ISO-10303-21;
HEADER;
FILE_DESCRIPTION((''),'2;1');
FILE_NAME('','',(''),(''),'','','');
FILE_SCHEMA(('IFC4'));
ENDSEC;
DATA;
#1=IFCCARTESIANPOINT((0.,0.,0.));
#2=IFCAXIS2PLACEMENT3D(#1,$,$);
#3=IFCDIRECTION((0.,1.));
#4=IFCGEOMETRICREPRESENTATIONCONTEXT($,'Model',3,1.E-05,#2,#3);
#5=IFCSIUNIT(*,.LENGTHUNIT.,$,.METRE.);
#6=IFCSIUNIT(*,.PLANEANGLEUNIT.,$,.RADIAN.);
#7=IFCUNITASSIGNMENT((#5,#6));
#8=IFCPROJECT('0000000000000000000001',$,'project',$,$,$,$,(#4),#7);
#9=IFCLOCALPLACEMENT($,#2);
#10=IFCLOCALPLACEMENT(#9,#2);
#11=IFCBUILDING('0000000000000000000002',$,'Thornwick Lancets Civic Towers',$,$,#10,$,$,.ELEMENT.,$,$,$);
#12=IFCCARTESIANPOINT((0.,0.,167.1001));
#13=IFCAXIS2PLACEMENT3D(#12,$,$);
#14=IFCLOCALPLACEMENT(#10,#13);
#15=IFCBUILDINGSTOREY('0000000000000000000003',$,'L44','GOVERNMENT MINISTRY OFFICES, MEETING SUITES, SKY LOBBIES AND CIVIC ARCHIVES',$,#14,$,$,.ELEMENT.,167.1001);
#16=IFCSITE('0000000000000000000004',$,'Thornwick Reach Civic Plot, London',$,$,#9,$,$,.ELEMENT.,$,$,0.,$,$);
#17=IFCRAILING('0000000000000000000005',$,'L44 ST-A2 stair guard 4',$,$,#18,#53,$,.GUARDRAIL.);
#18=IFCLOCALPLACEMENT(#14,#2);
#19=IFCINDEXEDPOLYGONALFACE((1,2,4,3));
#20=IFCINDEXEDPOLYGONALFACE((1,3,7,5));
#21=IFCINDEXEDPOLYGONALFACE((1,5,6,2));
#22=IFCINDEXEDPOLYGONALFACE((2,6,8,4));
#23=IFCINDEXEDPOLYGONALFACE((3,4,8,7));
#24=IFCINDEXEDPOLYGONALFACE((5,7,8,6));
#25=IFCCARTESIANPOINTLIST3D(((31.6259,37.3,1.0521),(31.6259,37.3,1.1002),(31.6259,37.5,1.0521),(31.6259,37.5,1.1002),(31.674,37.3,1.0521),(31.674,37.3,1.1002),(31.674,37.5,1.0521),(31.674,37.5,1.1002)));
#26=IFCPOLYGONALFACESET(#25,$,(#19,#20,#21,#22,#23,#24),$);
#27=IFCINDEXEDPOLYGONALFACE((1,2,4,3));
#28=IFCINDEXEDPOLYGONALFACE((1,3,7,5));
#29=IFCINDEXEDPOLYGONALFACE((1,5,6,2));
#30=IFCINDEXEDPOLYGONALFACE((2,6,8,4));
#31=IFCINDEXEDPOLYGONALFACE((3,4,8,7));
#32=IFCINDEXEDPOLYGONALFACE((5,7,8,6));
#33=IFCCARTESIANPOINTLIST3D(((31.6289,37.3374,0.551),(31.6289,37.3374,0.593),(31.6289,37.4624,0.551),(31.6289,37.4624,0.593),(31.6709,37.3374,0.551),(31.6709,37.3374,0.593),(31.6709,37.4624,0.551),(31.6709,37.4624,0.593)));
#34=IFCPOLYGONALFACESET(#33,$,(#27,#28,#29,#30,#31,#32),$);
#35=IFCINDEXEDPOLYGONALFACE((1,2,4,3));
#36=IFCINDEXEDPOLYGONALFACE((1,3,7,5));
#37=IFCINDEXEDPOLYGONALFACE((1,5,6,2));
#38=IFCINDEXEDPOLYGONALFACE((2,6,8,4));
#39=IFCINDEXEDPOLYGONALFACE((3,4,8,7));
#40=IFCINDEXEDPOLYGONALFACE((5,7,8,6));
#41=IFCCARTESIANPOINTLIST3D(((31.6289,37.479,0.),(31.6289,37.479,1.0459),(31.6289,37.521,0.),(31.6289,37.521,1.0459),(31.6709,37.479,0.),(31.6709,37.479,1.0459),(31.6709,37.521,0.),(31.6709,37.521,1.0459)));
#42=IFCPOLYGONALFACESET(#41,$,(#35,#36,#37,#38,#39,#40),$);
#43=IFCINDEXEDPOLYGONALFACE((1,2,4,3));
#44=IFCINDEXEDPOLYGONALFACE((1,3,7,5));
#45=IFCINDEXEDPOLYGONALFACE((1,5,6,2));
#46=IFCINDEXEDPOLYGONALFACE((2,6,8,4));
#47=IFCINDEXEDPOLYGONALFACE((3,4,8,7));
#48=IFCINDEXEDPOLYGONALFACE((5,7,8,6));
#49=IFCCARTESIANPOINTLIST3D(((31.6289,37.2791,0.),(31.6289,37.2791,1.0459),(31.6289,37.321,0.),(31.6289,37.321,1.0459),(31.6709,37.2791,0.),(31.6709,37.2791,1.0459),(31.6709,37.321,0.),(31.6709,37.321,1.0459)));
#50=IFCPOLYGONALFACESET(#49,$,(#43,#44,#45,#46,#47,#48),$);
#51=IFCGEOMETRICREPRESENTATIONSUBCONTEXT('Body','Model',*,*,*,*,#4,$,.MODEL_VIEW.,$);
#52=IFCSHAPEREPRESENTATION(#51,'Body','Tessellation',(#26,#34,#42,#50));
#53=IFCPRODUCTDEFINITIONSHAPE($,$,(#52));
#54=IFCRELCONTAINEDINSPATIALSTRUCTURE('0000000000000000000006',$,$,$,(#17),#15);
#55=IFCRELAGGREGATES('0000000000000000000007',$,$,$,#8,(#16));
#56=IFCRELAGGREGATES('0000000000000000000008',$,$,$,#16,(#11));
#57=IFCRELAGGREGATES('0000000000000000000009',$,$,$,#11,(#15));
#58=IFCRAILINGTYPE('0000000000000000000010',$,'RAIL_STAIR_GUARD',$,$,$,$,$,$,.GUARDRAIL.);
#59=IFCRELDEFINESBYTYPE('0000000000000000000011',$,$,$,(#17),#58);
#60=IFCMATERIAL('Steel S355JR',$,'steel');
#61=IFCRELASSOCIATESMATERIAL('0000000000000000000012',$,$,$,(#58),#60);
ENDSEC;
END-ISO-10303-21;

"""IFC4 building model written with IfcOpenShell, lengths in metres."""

from ifc_helpers import new_model, si_unit, direction, frame, origin, origin_2d, place, context, subcontext, project, spatial, rectangle, extrude, material, type_object, element, save


model = new_model("IFC4")

# Units and contexts
model_context = context("Model", 3, precision=1e-05, world=origin(), true_north=direction((0.0, 1.0)))
body_context = subcontext(model_context, "Body", "Model", "MODEL_VIEW")
ifc_project = project(units=[si_unit("LENGTHUNIT", "METRE"), si_unit("PLANEANGLEUNIT", "RADIAN")], contexts=[model_context])

# Site, building, storey
site_placement = place(None, origin())
site = spatial("IfcSite", under=ifc_project, at=site_placement, Name="Thornwick Reach Civic Plot, London", CompositionType="ELEMENT", RefElevation=0.0)
building_placement = place(site_placement, origin())
building = spatial("IfcBuilding", under=site, at=building_placement, Name="Thornwick Lancets Civic Towers", CompositionType="ELEMENT")
storey_placement = place(building_placement, frame((0.0, 0.0, 167.1001)))
storey = spatial("IfcBuildingStorey", under=building, at=storey_placement, Name="L44", Description="GOVERNMENT MINISTRY OFFICES, MEETING SUITES, SKY LOBBIES AND CIVIC ARCHIVES", CompositionType="ELEMENT", Elevation=167.1001)

# Shared definitions
ifc_material_1 = material(Name="Steel S355JR", Category="steel")

# Railing
railing_type_1 = type_object("IfcRailingType", Name="RAIL_STAIR_GUARD", PredefinedType="GUARDRAIL", material=ifc_material_1)
railing_1_placement = place(storey_placement, frame((31.6499, 37.5, 0.0)))
element("IfcRailing", 1, at=railing_1_placement, inside=storey, type_object=railing_type_1, Name="L44 ST-A2 stair guard 4", PredefinedType="GUARDRAIL", context=body_context, shape_type="SweptSolid", body=[
    extrude(rectangle(XDim=0.0481, YDim=0.0481, at=origin_2d()), frame((0.0, 0.0, 1.0762), z_axis=(0.0, -1.0, 0.0), x_axis=(1.0, 0.0, 0.0)), (0.0, 0.0, 1.0), 0.2),
    extrude(rectangle(XDim=0.042, YDim=0.042, at=origin_2d()), frame((0.0, -0.0376, 0.572), z_axis=(0.0, -1.0, 0.0), x_axis=(1.0, 0.0, 0.0)), (0.0, 0.0, 1.0), 0.125),
    extrude(rectangle(XDim=0.042, YDim=0.042, at=origin_2d()), origin(), (0.0, 0.0, 1.0), 1.0459),
    extrude(rectangle(XDim=0.042, YDim=0.042, at=origin_2d()), frame((0.0, -0.2, 0.0)), (0.0, 0.0, 1.0), 1.0459),
])

save(model, "model.ifc")
